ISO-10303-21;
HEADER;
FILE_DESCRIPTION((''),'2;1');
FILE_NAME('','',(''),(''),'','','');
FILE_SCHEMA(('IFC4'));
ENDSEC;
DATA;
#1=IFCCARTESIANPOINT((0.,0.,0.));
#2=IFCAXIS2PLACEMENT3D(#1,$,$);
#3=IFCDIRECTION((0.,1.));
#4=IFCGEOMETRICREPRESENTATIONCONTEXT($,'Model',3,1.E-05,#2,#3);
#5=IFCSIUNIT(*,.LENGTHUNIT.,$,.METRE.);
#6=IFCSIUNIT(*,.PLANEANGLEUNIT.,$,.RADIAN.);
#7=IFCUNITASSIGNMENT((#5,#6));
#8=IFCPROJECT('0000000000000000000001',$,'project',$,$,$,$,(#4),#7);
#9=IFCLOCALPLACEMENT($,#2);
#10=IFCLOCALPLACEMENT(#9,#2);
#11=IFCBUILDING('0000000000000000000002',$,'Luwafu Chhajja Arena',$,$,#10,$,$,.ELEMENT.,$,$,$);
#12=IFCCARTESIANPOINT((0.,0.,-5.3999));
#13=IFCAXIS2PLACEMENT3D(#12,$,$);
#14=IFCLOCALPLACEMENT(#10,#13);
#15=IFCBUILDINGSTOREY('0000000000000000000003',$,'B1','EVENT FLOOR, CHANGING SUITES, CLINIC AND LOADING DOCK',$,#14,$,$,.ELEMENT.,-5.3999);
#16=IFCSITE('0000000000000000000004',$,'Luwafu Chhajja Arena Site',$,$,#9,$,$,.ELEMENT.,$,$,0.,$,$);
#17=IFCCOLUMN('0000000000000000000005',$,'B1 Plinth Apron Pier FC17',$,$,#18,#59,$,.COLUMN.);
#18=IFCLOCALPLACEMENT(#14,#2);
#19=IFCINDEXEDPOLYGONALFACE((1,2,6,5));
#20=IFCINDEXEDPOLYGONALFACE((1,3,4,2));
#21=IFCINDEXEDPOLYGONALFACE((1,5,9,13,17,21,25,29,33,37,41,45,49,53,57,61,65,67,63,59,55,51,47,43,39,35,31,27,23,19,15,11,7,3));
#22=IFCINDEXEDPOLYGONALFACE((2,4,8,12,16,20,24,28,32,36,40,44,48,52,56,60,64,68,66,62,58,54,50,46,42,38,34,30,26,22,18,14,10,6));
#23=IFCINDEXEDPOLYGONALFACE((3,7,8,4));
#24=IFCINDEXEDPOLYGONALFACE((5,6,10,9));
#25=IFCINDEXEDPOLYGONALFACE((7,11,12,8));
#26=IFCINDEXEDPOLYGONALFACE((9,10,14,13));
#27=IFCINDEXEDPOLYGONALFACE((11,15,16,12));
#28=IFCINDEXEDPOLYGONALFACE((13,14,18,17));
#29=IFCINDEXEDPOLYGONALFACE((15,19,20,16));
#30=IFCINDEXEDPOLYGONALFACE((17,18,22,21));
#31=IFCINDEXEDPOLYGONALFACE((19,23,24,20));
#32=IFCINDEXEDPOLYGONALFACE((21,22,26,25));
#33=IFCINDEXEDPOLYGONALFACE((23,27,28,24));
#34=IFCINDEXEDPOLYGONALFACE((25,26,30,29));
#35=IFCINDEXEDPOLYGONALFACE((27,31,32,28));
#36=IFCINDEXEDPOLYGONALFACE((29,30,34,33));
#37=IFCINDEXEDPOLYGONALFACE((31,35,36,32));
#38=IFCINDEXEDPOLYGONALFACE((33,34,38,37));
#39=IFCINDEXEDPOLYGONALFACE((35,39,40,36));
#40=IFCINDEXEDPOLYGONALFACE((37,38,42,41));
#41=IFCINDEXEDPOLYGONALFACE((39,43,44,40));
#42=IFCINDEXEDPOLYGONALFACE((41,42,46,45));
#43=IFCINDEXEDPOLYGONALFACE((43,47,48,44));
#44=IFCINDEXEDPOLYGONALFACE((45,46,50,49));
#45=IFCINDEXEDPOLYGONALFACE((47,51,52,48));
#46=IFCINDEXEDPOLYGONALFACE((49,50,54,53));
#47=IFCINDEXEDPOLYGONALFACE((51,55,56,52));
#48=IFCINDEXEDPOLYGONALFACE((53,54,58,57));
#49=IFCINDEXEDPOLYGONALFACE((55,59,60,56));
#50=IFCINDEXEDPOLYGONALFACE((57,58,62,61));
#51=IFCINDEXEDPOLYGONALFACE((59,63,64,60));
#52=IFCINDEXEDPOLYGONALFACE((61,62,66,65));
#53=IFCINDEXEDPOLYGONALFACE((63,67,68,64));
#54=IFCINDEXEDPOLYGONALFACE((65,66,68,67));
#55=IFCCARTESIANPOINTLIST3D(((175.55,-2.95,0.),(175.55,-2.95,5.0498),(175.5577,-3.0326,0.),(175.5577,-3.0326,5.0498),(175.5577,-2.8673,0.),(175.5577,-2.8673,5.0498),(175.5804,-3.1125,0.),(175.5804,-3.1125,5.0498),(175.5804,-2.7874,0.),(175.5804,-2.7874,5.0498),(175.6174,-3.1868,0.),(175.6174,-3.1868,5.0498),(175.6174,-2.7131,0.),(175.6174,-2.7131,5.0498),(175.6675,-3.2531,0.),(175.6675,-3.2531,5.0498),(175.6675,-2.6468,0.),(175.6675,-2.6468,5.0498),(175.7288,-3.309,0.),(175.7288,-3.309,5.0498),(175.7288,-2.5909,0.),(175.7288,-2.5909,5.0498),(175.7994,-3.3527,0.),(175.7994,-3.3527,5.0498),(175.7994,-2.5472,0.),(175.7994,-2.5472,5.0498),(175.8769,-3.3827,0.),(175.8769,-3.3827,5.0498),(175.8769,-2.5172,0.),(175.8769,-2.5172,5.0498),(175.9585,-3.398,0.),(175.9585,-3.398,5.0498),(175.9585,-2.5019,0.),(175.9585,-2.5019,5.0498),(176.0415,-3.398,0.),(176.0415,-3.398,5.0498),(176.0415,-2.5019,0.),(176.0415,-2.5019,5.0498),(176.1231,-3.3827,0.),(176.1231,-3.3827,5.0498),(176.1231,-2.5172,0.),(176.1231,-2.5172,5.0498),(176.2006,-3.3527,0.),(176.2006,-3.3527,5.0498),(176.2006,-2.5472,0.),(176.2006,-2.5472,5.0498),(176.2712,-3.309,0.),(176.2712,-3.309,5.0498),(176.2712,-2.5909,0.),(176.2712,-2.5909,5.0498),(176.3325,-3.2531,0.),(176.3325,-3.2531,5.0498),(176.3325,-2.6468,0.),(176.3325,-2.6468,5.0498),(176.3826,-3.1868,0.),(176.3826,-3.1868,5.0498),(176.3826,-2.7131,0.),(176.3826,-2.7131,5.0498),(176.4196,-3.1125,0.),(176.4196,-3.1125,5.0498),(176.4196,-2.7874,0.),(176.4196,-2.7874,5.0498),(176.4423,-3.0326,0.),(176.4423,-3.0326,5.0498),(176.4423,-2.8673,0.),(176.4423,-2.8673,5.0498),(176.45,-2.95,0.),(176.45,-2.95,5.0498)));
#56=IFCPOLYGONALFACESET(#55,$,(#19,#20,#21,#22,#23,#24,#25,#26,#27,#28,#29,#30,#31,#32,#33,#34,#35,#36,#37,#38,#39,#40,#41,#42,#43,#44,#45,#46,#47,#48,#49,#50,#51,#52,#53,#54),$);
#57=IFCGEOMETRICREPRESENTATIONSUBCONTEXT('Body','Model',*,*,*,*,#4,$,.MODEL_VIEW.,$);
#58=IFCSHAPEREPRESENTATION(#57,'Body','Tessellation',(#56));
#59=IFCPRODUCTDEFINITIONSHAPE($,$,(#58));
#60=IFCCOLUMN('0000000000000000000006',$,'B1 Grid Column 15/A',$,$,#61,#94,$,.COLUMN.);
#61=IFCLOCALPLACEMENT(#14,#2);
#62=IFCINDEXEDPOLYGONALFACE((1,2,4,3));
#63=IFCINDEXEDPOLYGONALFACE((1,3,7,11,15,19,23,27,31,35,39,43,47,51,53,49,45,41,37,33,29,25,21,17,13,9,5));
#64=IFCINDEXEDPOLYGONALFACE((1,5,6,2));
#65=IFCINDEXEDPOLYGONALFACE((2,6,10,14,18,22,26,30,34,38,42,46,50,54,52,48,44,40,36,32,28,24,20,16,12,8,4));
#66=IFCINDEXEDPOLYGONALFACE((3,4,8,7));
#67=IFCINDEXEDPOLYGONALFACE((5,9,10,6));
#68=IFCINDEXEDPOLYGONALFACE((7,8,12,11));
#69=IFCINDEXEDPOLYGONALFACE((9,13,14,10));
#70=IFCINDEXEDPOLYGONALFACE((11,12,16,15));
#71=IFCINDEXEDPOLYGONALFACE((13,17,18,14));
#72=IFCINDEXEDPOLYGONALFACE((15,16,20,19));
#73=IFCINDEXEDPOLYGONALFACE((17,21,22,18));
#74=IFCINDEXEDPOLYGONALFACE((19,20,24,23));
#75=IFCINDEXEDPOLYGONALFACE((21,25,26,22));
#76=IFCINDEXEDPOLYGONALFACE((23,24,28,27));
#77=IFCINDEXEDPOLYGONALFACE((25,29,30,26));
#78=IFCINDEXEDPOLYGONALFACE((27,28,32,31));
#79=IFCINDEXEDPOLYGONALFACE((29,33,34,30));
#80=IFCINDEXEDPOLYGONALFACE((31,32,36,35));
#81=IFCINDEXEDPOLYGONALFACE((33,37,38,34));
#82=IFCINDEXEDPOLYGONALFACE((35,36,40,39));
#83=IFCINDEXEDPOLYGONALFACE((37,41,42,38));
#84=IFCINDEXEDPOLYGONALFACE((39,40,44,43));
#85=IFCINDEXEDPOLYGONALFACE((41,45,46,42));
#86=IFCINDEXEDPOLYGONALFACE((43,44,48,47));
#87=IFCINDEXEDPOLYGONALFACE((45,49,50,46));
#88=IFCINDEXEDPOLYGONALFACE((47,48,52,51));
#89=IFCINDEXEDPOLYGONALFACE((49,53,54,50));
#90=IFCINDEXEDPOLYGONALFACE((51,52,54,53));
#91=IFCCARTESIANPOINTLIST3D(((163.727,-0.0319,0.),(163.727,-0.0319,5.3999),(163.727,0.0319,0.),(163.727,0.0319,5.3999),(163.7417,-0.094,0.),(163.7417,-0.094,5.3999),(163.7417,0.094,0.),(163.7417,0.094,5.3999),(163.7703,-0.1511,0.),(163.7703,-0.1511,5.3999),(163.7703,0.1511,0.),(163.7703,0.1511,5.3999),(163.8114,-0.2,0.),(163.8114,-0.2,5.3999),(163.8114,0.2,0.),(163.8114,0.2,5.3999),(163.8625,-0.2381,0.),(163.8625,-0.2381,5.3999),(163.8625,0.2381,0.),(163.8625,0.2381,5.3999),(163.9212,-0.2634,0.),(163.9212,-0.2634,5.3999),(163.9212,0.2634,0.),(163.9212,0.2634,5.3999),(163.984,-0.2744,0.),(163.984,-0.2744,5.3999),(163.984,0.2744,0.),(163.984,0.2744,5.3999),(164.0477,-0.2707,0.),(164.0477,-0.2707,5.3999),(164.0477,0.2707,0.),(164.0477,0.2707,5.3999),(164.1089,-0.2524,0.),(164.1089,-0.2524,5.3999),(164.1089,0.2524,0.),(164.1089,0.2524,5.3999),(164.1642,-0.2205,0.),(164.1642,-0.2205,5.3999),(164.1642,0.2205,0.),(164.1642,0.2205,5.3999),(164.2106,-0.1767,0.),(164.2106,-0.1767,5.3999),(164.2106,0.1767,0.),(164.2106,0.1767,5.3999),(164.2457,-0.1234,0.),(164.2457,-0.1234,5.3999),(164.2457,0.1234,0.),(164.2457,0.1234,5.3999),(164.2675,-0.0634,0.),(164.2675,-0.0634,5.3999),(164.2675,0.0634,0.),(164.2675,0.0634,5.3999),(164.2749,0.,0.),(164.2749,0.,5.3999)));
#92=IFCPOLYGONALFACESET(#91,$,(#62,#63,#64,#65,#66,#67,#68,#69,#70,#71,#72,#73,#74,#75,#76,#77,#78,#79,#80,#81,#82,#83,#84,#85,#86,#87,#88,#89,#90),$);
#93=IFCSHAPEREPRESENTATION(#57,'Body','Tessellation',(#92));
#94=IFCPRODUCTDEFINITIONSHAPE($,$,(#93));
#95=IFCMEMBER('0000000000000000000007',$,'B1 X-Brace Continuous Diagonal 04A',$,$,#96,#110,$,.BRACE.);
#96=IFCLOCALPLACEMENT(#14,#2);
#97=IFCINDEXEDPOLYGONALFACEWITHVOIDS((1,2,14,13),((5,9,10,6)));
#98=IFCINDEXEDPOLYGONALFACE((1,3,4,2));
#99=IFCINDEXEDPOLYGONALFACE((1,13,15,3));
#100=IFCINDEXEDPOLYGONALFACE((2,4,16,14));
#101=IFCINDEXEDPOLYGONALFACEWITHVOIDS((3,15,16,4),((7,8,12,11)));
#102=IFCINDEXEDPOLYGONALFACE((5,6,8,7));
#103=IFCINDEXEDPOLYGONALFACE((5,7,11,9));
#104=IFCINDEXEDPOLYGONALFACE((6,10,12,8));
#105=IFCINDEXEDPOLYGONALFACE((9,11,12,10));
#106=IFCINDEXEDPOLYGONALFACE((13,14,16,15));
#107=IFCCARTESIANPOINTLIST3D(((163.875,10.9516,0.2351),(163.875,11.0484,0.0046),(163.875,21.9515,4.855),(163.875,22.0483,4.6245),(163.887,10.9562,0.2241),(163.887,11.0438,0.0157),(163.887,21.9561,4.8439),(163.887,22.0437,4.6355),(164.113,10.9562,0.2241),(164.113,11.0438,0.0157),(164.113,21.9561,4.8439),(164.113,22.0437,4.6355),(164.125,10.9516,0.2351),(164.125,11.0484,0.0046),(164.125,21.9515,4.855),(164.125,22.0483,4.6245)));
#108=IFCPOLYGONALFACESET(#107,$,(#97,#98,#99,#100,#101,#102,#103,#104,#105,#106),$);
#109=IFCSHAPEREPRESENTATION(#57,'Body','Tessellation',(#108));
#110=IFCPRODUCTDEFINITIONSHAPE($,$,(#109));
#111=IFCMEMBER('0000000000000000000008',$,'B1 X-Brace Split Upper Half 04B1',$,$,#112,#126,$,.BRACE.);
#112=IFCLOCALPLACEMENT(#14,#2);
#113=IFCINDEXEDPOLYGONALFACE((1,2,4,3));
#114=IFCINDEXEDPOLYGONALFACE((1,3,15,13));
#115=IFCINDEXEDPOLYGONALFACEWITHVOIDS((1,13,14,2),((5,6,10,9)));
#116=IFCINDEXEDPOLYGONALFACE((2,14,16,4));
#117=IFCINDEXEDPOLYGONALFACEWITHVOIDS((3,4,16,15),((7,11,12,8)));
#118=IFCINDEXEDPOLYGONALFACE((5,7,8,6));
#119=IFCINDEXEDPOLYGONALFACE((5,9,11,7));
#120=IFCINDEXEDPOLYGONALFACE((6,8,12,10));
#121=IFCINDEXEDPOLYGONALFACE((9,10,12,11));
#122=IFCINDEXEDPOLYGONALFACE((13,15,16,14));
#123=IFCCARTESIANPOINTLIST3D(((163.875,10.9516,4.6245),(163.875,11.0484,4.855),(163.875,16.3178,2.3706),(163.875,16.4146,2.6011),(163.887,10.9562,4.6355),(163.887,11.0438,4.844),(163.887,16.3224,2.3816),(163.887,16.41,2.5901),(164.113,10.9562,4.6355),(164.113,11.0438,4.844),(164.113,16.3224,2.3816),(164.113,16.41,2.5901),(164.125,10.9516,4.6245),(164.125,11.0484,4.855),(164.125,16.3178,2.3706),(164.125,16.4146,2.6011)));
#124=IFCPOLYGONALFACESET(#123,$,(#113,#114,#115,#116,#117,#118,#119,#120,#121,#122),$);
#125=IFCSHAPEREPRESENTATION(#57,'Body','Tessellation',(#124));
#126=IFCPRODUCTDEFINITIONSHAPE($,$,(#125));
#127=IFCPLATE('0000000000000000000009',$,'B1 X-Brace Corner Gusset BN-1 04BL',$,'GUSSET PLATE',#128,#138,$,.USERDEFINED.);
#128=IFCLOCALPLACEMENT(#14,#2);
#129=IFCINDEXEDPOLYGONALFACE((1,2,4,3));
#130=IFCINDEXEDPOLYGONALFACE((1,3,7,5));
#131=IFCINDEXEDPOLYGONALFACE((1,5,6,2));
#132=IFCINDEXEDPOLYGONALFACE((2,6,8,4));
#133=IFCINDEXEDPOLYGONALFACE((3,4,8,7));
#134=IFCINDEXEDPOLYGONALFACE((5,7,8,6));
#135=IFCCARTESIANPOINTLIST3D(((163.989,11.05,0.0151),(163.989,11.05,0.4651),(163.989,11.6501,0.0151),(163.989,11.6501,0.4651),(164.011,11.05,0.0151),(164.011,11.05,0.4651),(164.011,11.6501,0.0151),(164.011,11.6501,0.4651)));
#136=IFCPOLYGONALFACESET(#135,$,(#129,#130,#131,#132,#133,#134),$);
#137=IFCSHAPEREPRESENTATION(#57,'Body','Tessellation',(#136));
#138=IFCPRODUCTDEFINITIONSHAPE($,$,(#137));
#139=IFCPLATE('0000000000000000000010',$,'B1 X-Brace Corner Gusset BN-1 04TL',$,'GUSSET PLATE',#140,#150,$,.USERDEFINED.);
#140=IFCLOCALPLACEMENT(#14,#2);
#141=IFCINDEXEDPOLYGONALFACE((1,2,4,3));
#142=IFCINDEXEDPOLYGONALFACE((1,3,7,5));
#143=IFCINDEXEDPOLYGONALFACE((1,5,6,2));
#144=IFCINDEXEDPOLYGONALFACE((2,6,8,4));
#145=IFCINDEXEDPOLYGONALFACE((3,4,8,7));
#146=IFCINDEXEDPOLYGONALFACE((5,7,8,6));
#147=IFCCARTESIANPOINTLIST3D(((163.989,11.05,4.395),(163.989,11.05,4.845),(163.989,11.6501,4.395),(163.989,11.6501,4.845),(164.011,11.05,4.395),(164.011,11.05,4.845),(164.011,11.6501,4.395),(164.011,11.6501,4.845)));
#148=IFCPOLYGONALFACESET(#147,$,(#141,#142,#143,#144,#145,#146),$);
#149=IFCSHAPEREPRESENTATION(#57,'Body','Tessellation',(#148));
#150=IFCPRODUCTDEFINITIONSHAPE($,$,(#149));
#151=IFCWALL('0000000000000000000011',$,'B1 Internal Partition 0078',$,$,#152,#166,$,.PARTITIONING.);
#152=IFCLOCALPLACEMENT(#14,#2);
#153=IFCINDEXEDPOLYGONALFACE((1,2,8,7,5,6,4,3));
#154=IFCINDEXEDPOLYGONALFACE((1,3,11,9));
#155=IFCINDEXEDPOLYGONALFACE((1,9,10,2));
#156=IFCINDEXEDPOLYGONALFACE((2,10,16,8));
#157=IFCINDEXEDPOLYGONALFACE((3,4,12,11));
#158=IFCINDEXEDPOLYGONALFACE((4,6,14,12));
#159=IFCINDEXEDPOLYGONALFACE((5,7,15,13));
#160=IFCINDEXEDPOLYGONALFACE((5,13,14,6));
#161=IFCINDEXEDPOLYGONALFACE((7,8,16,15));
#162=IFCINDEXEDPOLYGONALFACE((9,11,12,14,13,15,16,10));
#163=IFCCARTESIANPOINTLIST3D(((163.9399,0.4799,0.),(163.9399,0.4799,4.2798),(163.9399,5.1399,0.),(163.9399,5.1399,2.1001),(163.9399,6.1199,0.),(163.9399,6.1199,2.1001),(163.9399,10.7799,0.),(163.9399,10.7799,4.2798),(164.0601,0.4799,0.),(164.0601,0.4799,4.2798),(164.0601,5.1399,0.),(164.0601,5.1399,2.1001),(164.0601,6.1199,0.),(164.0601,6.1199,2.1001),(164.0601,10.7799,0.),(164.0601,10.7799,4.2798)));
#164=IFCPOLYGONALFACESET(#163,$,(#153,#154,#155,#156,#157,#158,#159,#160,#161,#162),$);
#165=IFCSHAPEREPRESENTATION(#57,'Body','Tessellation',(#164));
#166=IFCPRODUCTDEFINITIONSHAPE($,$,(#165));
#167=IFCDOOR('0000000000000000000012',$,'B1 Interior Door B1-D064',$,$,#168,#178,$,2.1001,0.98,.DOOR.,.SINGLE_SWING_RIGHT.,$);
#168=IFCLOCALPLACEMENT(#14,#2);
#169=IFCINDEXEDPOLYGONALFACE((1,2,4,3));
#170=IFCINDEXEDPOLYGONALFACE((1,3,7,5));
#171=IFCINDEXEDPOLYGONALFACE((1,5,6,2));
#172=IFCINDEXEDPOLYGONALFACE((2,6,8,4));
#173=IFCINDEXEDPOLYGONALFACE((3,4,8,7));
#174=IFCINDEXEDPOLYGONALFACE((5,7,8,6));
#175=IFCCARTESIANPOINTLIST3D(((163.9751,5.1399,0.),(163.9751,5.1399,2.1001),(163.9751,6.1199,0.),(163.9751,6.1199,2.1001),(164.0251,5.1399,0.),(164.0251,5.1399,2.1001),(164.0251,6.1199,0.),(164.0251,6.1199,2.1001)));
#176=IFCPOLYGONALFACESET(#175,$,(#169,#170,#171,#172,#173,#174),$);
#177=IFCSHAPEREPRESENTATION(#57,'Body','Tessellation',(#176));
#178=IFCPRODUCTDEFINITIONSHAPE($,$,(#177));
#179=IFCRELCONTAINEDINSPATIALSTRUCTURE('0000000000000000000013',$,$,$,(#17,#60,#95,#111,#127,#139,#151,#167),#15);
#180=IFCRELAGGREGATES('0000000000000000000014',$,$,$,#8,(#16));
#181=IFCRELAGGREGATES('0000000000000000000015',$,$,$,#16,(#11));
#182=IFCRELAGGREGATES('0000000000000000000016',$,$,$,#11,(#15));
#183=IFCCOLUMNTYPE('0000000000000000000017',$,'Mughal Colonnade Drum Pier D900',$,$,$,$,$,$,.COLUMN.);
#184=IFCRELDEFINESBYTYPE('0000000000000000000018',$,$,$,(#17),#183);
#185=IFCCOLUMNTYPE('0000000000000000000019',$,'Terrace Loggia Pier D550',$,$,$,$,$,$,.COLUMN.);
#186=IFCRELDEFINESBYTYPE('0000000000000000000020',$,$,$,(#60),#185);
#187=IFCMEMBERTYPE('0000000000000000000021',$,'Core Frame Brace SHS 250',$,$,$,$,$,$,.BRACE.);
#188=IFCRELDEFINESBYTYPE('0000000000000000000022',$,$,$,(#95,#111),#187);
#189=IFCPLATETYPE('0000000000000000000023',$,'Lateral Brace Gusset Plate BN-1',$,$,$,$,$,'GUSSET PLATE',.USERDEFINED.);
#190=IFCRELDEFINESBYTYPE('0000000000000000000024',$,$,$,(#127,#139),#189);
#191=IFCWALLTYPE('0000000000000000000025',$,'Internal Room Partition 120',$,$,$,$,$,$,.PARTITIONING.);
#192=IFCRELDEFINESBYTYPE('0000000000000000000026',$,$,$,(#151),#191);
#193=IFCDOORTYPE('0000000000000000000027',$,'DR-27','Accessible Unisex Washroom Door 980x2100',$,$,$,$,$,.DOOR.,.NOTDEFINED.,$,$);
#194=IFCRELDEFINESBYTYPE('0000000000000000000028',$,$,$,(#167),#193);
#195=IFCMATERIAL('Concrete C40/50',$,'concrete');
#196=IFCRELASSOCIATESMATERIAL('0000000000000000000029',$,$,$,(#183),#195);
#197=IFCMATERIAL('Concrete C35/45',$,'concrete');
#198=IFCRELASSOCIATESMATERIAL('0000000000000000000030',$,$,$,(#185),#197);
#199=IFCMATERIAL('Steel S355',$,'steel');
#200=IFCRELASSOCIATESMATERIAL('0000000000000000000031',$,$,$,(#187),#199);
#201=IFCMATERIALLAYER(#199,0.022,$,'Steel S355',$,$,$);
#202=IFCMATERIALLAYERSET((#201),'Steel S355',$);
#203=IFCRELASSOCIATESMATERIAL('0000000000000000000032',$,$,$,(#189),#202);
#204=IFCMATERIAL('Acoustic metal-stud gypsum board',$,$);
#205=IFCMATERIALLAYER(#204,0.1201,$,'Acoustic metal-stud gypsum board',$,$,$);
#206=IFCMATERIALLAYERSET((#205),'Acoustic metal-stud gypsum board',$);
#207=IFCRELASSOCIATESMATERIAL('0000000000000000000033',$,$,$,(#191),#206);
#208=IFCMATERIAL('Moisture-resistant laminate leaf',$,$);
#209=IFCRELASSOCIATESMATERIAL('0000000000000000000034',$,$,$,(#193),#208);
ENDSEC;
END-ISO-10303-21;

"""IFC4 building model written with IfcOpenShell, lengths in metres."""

from ifc_helpers import new_model, si_unit, direction, frame, frame_2d, origin, origin_2d, place, context, subcontext, project, spatial, rectangle, hollow_rectangle, circle, extrude, material, layer, layer_set, material_profile, profile_set, type_object, element, fill, save


model = new_model("IFC4")

# Units and contexts
model_context = context("Model", 3, precision=1e-05, world=origin(), true_north=direction((0.0, 1.0)))
body_context = subcontext(model_context, "Body", "Model", "MODEL_VIEW")
ifc_project = project(units=[si_unit("LENGTHUNIT", "METRE"), si_unit("PLANEANGLEUNIT", "RADIAN")], contexts=[model_context])

# Site, building, storey
site_placement = place(None, origin())
site = spatial("IfcSite", under=ifc_project, at=site_placement, Name="Luwafu Chhajja Arena Site", CompositionType="ELEMENT", RefElevation=0.0)
building_placement = place(site_placement, origin())
building = spatial("IfcBuilding", under=site, at=building_placement, Name="Luwafu Chhajja Arena", CompositionType="ELEMENT")
storey_placement = place(building_placement, frame((0.0, 0.0, -5.3999)))
storey = spatial("IfcBuildingStorey", under=building, at=storey_placement, Name="B1", Description="EVENT FLOOR, CHANGING SUITES, CLINIC AND LOADING DOCK", CompositionType="ELEMENT", Elevation=-5.3999)

# Shared definitions
ifc_material_1 = material(Name="Concrete C35/45", Category="concrete")

# Columns
ifc_material_2 = material(Name="Concrete C40/50", Category="concrete")
ifc_material_profile_1 = material_profile(ifc_material_2, circle(Radius=0.45, at=origin_2d()), Name="RC COL D900")
ifc_profile_set_1 = profile_set([ifc_material_profile_1], Name="Concrete C40/50")
column_type_1 = type_object("IfcColumnType", Name="Mughal Colonnade Drum Pier D900", PredefinedType="COLUMN", material=ifc_profile_set_1)
for number, where, z_axis, x_axis, name in (
    (1, (176.0, -2.95, 0.0), (0.0, 0.0, 1.0), (1.0, 0.0, 0.0), "B1 Plinth Apron Pier FC17"),
):
    element("IfcColumn", number, at=place(storey_placement, frame(where, z_axis=z_axis, x_axis=x_axis)), inside=storey, type_object=column_type_1, Name=name, PredefinedType="COLUMN", context=body_context, shape_type="SweptSolid", body=[
        extrude(circle(Radius=0.45, at=origin_2d()), origin(), (0.0, 0.0, 1.0), 5.0498),
    ])
ifc_material_profile_2 = material_profile(ifc_material_1, circle(Radius=0.2749, at=origin_2d()), Name="RC COL D550")
ifc_profile_set_2 = profile_set([ifc_material_profile_2], Name="Concrete C35/45")
column_type_2 = type_object("IfcColumnType", Name="Terrace Loggia Pier D550", PredefinedType="COLUMN", material=ifc_profile_set_2)
column_1_placement = place(storey_placement, frame((164.0, 0.0, 0.0), z_axis=(0.0, 0.0, 1.0), x_axis=(1.0, 0.0, 0.0)))
element("IfcColumn", 2, at=column_1_placement, inside=storey, type_object=column_type_2, Name="B1 Grid Column 15/A", PredefinedType="COLUMN", context=body_context, shape_type="SweptSolid", body=[
    extrude(circle(Radius=0.2749, at=origin_2d()), origin(), (0.0, 0.0, 1.0), 5.3999),
])

# Members
ifc_material_3 = material(Name="Steel S355", Category="steel")
ifc_material_profile_3 = material_profile(ifc_material_3, hollow_rectangle(XDim=0.25, YDim=0.25, WallThickness=0.012, at=origin_2d()), Name="SHS 250x250x12")
ifc_profile_set_3 = profile_set([ifc_material_profile_3], Name="Steel S355")
member_type = type_object("IfcMemberType", Name="Core Frame Brace SHS 250", PredefinedType="BRACE", material=ifc_profile_set_3)
member_1_placement = place(storey_placement, frame((164.0, 11.0, 0.1199), z_axis=(0.0, 0.921986, 0.387223), x_axis=(-1.0, 0.0, 0.0)))
element("IfcMember", 3, at=member_1_placement, inside=storey, type_object=member_type, Name="B1 X-Brace Continuous Diagonal 04A", PredefinedType="BRACE", context=body_context, shape_type="SweptSolid", body=[
    extrude(hollow_rectangle(XDim=0.25, YDim=0.25, WallThickness=0.012, at=origin_2d()), origin(), (0.0, 0.0, 1.0), 11.9307),
])
member_2_placement = place(storey_placement, frame((164.0, 11.0, 4.7397), z_axis=(0.0, 0.921976, -0.387247), x_axis=(-1.0, 0.0, 0.0)))
element("IfcMember", 4, at=member_2_placement, inside=storey, type_object=member_type, Name="B1 X-Brace Split Upper Half 04B1", PredefinedType="BRACE", context=body_context, shape_type="SweptSolid", body=[
    extrude(hollow_rectangle(XDim=0.25, YDim=0.25, WallThickness=0.012, at=origin_2d()), origin(), (0.0, 0.0, 1.0), 5.8203),
])

# Plates
ifc_layer_1 = layer(ifc_material_3, 0.022, Name="Steel S355")
ifc_layer_set_1 = layer_set([ifc_layer_1], Name="Steel S355")
plate_type = type_object("IfcPlateType", Name="Lateral Brace Gusset Plate BN-1", ElementType="GUSSET PLATE", PredefinedType="USERDEFINED", material=ifc_layer_set_1)
for number, where, z_axis, x_axis, name in (
    (5, (164.0, 11.3501, 0.0151), (0.0, 0.0, 1.0), (1.0, 0.0, 0.0), "B1 X-Brace Corner Gusset BN-1 04BL"),
    (6, (164.0, 11.3501, 4.395), (0.0, 0.0, 1.0), (1.0, 0.0, 0.0), "B1 X-Brace Corner Gusset BN-1 04TL"),
):
    element("IfcPlate", number, at=place(storey_placement, frame(where, z_axis=z_axis, x_axis=x_axis)), inside=storey, type_object=plate_type, Name=name, ObjectType="GUSSET PLATE", PredefinedType="USERDEFINED", context=body_context, shape_type="SweptSolid", body=[
        extrude(rectangle(XDim=0.022, YDim=0.6001, at=origin_2d()), origin(), (0.0, 0.0, 1.0), 0.45),
    ])

# Wall, opening, door
ifc_material_4 = material(Name="Acoustic metal-stud gypsum board")
ifc_layer_2 = layer(ifc_material_4, 0.1201, Name="Acoustic metal-stud gypsum board")
ifc_layer_set_2 = layer_set([ifc_layer_2], Name="Acoustic metal-stud gypsum board")
wall_type_1 = type_object("IfcWallType", Name="Internal Room Partition 120", PredefinedType="PARTITIONING", material=ifc_layer_set_2)
wall_1_placement = place(storey_placement, frame((164.0, 0.48, 0.0), z_axis=(0.0, 0.0, 1.0), x_axis=(0.0, 1.0, 0.0)))
wall_1 = element("IfcWall", 7, at=wall_1_placement, inside=storey, type_object=wall_type_1, Name="B1 Internal Partition 0078", PredefinedType="PARTITIONING", context=body_context, shape_type="SweptSolid", body=[
    extrude(rectangle(XDim=10.3, YDim=0.1201, at=frame_2d((5.1499, 0.0))), origin(), (0.0, 0.0, 1.0), 4.2798),
])
opening_placement = place(wall_1_placement, frame((4.6599, 0.0, 0.0)))
opening = element("IfcOpeningElement", 8, at=opening_placement, cuts=wall_1, PredefinedType="OPENING", context=body_context, shape_type="SweptSolid", body=[
    extrude(rectangle(XDim=0.98, YDim=2.1001, at=frame_2d((0.49, 1.05))), frame((0.0, 0.0701, 0.0), z_axis=(0.0, -1.0, 0.0), x_axis=(1.0, 0.0, 0.0)), (0.0, 0.0, 1.0), 0.1401),
])
ifc_material_5 = material(Name="Moisture-resistant laminate leaf")
door_type = type_object("IfcDoorType", Name="DR-27", Description="Accessible Unisex Washroom Door 980x2100", OperationType="NOTDEFINED", PredefinedType="DOOR", material=ifc_material_5)
door_placement = place(opening_placement, origin())
door = element("IfcDoor", 9, at=door_placement, inside=storey, type_object=door_type, Name="B1 Interior Door B1-D064", OperationType="SINGLE_SWING_RIGHT", OverallHeight=2.1001, OverallWidth=0.98, PredefinedType="DOOR", context=body_context, shape_type="SweptSolid", body=[
    extrude(rectangle(XDim=0.98, YDim=2.1001, at=frame_2d((0.49, 1.05))), frame((0.0, 0.0249, 0.0), z_axis=(0.0, -1.0, 0.0), x_axis=(1.0, 0.0, 0.0)), (0.0, 0.0, 1.0), 0.05),
])
fill(opening, door)

save(model, "model.ifc")
